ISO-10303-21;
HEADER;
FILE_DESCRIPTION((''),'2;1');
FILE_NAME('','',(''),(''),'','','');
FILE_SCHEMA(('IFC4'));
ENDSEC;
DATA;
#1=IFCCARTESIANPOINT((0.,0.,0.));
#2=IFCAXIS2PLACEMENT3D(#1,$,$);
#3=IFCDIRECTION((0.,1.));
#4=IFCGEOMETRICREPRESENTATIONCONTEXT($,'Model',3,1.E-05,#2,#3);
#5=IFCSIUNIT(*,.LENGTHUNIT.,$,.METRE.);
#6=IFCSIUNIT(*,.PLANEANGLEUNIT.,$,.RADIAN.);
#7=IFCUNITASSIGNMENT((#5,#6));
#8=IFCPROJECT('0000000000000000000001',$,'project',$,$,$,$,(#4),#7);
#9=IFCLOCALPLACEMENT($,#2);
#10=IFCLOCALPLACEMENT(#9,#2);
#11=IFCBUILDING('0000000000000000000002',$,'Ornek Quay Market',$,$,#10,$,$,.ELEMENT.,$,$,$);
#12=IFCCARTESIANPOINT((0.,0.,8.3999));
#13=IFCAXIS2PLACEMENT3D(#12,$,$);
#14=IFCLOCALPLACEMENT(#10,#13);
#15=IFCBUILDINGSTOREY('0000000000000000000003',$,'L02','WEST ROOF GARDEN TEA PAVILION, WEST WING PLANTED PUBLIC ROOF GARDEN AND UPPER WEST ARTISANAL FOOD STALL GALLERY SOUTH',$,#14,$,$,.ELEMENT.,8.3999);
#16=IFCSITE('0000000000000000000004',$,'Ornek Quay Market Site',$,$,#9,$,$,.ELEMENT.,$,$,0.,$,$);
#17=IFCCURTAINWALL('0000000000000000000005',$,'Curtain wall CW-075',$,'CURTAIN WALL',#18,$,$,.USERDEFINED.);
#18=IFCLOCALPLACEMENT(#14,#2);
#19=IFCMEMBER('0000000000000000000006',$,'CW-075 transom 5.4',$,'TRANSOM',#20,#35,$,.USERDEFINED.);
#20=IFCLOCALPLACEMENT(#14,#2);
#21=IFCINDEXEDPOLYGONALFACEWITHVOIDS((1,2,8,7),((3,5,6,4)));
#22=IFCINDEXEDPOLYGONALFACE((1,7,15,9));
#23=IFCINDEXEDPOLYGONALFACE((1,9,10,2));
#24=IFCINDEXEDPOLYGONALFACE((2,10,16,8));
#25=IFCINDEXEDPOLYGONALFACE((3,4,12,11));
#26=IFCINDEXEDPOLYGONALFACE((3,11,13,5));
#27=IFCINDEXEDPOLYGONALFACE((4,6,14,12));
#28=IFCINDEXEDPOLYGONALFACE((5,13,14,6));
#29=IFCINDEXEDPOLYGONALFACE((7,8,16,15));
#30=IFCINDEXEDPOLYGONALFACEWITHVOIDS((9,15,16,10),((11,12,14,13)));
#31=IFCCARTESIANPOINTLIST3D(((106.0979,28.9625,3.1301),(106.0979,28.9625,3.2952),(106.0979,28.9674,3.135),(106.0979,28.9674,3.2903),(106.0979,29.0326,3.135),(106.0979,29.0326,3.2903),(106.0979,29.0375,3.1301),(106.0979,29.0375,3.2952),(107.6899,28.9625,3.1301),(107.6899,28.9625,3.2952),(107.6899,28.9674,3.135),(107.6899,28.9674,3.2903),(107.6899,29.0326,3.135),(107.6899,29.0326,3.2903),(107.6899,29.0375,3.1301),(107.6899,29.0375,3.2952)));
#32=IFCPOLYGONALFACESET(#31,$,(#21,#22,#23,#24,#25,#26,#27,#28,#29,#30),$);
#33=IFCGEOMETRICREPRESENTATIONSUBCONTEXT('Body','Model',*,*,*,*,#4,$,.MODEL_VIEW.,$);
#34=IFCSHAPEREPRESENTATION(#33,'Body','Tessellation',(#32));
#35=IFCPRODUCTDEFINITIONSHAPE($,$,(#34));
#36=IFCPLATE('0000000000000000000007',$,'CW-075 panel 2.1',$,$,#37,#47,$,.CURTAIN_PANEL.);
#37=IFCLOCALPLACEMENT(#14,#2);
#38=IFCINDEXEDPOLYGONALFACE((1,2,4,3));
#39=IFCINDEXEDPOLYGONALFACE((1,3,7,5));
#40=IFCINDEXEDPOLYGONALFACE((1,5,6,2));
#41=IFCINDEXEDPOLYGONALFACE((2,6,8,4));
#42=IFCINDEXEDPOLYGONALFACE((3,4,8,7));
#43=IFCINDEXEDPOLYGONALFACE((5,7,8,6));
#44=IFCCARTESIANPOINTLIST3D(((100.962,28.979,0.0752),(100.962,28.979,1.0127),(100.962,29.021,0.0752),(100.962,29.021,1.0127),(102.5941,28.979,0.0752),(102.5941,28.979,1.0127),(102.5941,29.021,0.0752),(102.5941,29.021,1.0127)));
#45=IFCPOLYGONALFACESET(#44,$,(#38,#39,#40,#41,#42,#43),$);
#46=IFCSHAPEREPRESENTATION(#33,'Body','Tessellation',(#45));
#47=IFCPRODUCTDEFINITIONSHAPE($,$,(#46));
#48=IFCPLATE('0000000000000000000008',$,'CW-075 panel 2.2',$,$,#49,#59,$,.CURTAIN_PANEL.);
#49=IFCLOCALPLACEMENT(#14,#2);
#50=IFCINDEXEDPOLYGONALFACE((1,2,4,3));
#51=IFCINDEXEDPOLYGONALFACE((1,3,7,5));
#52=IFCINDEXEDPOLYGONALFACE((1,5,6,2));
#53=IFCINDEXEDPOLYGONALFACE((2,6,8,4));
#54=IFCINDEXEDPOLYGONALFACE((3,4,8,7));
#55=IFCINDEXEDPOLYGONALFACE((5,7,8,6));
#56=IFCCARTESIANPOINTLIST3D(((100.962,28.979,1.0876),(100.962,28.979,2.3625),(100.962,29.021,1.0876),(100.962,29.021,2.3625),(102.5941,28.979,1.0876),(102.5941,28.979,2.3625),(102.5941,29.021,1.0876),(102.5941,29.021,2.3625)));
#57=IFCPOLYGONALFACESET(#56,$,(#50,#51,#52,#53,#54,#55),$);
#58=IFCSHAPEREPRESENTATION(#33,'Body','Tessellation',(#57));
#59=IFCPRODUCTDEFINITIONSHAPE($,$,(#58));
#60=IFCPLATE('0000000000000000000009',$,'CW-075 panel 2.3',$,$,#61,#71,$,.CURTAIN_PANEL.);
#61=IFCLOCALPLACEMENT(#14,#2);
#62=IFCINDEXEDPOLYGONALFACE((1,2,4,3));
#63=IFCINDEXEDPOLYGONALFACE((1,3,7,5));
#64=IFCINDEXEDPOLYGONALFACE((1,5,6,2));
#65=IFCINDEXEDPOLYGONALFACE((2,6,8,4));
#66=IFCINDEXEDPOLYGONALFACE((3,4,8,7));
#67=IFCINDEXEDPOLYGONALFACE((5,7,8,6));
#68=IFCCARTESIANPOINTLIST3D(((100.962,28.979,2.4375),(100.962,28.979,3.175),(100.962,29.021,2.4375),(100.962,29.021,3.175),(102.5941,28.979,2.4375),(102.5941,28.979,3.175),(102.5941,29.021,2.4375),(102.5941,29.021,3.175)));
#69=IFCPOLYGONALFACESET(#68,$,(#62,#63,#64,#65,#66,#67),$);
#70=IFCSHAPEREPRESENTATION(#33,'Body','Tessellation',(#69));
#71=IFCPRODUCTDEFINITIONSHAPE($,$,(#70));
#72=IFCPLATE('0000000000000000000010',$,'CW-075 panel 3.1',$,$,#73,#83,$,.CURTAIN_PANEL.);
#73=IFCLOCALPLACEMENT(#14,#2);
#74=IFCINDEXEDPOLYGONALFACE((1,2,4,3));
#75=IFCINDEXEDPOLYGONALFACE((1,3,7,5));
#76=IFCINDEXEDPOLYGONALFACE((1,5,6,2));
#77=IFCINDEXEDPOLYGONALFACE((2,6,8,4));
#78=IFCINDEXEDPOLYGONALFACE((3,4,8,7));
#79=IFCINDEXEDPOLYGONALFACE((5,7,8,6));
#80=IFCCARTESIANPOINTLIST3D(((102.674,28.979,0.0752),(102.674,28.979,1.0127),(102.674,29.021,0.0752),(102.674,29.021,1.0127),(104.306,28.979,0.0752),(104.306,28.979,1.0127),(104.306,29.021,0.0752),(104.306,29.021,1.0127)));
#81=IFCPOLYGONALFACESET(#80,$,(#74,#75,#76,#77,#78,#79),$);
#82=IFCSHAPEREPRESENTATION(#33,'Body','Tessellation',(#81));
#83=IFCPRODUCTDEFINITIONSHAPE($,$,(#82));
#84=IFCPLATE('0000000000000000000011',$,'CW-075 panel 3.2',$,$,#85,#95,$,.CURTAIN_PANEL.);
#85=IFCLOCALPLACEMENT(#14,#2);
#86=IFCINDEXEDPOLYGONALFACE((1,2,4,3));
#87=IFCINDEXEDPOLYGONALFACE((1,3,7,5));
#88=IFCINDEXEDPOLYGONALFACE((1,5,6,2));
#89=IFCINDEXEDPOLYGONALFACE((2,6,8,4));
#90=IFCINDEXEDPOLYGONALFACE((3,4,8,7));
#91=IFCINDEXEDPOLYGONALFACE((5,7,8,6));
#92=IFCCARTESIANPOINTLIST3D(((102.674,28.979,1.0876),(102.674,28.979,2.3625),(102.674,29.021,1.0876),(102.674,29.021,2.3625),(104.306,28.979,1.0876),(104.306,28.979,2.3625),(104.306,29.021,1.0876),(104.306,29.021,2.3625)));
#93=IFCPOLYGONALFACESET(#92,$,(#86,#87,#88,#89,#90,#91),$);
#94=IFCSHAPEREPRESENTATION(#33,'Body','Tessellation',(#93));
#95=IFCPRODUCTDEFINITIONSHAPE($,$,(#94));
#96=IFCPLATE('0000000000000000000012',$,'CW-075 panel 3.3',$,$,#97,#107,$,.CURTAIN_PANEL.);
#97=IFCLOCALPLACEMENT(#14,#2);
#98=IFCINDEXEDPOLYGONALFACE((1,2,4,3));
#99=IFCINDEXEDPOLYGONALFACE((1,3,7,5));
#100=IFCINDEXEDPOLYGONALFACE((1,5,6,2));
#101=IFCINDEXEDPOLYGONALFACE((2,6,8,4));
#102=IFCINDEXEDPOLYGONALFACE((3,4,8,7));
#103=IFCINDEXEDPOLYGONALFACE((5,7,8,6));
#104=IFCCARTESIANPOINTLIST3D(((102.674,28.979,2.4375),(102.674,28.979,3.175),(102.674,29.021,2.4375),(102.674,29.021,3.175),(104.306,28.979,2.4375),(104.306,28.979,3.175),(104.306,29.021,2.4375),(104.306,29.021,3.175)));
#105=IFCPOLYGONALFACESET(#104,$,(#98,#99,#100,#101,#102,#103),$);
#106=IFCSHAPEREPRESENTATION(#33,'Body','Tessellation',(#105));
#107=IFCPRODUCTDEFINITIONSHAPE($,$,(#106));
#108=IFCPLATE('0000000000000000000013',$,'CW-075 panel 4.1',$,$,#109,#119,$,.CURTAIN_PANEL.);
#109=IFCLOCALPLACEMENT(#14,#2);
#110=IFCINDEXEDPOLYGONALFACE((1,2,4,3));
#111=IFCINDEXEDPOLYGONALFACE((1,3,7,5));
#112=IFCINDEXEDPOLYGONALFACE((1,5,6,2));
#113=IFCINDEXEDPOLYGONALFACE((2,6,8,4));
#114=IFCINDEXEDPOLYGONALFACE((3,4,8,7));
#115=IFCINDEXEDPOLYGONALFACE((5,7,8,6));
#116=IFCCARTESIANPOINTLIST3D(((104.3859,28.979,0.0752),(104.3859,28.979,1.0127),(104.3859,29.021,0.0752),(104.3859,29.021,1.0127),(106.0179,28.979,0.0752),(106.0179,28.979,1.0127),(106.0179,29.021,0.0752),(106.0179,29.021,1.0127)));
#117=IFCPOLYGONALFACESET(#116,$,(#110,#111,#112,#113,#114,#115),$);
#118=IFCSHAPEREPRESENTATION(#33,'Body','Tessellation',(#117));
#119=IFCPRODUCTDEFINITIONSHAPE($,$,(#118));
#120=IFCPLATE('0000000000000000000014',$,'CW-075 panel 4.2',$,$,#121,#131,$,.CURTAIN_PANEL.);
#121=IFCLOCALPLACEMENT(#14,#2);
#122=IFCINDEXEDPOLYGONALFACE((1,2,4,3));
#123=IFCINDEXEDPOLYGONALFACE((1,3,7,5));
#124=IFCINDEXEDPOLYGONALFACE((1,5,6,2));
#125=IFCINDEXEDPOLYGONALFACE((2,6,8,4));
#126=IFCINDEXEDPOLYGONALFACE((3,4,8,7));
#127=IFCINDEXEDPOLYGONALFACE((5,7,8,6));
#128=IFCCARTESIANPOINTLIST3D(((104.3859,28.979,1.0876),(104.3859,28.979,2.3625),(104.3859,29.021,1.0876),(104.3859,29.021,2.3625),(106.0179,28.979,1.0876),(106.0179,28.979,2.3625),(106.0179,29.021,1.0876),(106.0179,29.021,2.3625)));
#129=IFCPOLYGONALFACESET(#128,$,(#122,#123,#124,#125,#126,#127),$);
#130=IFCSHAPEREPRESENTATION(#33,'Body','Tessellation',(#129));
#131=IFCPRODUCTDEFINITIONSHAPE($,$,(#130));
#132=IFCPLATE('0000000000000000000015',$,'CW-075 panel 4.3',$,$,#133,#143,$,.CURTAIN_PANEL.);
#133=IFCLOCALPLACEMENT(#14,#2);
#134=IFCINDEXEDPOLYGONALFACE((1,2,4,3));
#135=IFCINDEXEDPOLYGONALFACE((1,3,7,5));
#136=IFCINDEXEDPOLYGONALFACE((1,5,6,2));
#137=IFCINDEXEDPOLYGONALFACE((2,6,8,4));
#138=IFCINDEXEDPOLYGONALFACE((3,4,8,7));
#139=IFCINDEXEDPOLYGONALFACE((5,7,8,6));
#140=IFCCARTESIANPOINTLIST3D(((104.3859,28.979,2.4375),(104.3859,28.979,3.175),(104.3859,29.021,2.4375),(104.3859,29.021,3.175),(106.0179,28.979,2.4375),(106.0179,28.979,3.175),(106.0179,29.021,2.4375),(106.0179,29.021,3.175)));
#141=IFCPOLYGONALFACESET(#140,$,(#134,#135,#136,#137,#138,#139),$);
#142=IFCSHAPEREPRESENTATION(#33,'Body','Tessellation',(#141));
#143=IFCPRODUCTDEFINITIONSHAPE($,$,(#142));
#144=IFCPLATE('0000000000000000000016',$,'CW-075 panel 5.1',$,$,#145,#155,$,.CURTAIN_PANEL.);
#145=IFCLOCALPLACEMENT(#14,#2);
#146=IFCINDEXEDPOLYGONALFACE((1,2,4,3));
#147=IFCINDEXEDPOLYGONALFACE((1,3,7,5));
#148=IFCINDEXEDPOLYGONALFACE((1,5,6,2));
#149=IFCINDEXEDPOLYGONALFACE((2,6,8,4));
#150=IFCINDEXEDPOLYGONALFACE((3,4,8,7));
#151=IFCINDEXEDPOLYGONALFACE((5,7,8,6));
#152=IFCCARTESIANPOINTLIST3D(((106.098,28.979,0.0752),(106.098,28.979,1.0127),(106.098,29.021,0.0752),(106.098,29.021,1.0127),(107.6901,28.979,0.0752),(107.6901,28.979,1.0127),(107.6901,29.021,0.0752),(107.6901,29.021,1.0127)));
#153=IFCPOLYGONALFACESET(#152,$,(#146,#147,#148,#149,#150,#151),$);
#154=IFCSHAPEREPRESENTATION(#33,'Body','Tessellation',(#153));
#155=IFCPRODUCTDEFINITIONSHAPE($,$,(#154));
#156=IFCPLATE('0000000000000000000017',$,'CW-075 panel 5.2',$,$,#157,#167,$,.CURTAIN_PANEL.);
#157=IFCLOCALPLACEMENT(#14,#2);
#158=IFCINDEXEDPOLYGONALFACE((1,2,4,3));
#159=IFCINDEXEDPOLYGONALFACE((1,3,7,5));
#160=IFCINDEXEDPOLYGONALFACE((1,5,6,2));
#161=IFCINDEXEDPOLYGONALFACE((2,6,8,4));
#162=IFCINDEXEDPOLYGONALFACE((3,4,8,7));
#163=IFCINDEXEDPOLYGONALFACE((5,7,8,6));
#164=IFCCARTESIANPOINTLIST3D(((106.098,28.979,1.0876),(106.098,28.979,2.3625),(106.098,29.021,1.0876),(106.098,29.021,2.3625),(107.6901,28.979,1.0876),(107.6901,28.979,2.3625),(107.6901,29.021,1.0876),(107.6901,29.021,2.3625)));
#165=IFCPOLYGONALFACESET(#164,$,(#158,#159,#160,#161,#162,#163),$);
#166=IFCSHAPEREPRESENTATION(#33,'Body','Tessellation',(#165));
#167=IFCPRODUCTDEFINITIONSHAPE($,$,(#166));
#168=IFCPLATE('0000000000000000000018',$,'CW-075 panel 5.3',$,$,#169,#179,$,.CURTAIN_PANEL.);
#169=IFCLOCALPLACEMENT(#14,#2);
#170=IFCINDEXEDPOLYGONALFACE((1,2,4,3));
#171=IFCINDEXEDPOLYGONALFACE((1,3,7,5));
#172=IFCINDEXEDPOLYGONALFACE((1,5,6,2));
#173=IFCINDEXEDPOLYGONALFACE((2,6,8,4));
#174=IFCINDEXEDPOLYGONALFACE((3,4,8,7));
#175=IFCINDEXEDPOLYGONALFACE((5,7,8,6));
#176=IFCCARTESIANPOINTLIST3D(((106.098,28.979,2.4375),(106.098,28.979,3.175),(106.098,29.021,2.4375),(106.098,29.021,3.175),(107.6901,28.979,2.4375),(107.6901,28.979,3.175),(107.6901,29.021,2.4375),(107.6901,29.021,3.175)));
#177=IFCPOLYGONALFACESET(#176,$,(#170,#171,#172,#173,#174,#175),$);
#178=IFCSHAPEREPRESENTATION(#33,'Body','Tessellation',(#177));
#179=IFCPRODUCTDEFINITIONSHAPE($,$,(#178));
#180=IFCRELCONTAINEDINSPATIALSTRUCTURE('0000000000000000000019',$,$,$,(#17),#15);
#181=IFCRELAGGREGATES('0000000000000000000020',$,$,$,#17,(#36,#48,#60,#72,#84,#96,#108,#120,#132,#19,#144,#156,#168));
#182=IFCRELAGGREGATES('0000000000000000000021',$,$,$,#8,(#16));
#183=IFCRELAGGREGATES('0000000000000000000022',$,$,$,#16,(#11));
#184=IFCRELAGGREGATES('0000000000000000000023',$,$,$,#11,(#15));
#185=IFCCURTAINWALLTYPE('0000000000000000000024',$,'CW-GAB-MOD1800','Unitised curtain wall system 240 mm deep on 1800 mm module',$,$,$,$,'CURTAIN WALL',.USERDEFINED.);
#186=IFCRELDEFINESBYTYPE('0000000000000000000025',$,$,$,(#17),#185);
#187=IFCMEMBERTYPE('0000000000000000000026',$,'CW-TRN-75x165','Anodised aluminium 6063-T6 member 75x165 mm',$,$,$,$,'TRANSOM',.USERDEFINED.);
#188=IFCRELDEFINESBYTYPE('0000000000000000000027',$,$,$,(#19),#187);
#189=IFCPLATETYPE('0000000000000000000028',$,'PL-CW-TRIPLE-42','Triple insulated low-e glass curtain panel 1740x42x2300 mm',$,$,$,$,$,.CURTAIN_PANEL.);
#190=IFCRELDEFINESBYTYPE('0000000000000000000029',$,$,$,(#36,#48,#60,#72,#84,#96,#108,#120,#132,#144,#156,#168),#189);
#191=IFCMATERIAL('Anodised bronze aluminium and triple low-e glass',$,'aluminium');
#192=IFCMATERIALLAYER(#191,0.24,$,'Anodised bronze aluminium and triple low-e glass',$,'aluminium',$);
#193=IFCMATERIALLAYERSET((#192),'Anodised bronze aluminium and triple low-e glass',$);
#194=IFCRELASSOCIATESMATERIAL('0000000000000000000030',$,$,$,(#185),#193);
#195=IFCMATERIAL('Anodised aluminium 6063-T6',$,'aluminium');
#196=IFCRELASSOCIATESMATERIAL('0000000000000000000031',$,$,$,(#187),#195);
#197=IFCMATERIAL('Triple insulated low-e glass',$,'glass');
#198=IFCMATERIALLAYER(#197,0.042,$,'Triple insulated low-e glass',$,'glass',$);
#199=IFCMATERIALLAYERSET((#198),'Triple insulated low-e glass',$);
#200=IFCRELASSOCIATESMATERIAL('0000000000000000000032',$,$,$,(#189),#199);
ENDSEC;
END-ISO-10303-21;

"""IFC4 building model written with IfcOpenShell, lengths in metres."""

from ifc_helpers import new_model, si_unit, direction, frame, origin, origin_2d, place, context, subcontext, project, spatial, rectangle, hollow_rectangle, extrude, material, layer, layer_set, material_profile, profile_set, type_object, element, aggregate, save


model = new_model("IFC4")

# Units and contexts
model_context = context("Model", 3, precision=1e-05, world=origin(), true_north=direction((0.0, 1.0)))
body_context = subcontext(model_context, "Body", "Model", "MODEL_VIEW")
ifc_project = project(units=[si_unit("LENGTHUNIT", "METRE"), si_unit("PLANEANGLEUNIT", "RADIAN")], contexts=[model_context])

# Site, building, storey
site_placement = place(None, origin())
site = spatial("IfcSite", under=ifc_project, at=site_placement, Name="Ornek Quay Market Site", CompositionType="ELEMENT", RefElevation=0.0)
building_placement = place(site_placement, origin())
building = spatial("IfcBuilding", under=site, at=building_placement, Name="Ornek Quay Market", CompositionType="ELEMENT")
storey_placement = place(building_placement, frame((0.0, 0.0, 8.3999)))
storey = spatial("IfcBuildingStorey", under=building, at=storey_placement, Name="L02", Description="WEST ROOF GARDEN TEA PAVILION, WEST WING PLANTED PUBLIC ROOF GARDEN AND UPPER WEST ARTISANAL FOOD STALL GALLERY SOUTH", CompositionType="ELEMENT", Elevation=8.3999)

# Shared definitions
ifc_material_1 = material(Name="Anodised bronze aluminium and triple low-e glass", Category="aluminium")
ifc_material_2 = material(Name="Anodised aluminium 6063-T6", Category="aluminium")

# Curtain wall
ifc_layer_1 = layer(ifc_material_1, 0.24, Name="Anodised bronze aluminium and triple low-e glass", Category="aluminium")
ifc_layer_set_1 = layer_set([ifc_layer_1], Name="Anodised bronze aluminium and triple low-e glass")
curtain_wall_type_1 = type_object("IfcCurtainWallType", Name="CW-GAB-MOD1800", Description="Unitised curtain wall system 240 mm deep on 1800 mm module", ElementType="CURTAIN WALL", PredefinedType="USERDEFINED", material=ifc_layer_set_1)
curtain_wall_1_placement = place(storey_placement, origin())
curtain_wall_1 = element("IfcCurtainWall", 1, at=curtain_wall_1_placement, inside=storey, type_object=curtain_wall_type_1, Name="Curtain wall CW-075", ObjectType="CURTAIN WALL", PredefinedType="USERDEFINED")

# Member
ifc_material_profile_1 = material_profile(ifc_material_2, hollow_rectangle(XDim=0.075, YDim=0.165, WallThickness=0.0049, at=origin_2d()), Name="CW-TRN-75x165", Category="aluminium")
ifc_profile_set_1 = profile_set([ifc_material_profile_1], Name="Anodised aluminium 6063-T6")
member_type_1 = type_object("IfcMemberType", Name="CW-TRN-75x165", Description="Anodised aluminium 6063-T6 member 75x165 mm", ElementType="TRANSOM", PredefinedType="USERDEFINED", material=ifc_profile_set_1)
member_1_placement = place(storey_placement, frame((106.0979, 29.0, 3.2126), z_axis=(1.0, 0.0, 0.0), x_axis=(0.0, 1.0, 0.0)))
member_1 = element("IfcMember", 2, at=member_1_placement, type_object=member_type_1, Name="CW-075 transom 5.4", ObjectType="TRANSOM", PredefinedType="USERDEFINED", context=body_context, shape_type="SweptSolid", body=[
    extrude(hollow_rectangle(XDim=0.075, YDim=0.165, WallThickness=0.0049, at=origin_2d()), origin(), (0.0, 0.0, 1.0), 1.592),
])

# Plates
ifc_material_3 = material(Name="Triple insulated low-e glass", Category="glass")
ifc_layer_2 = layer(ifc_material_3, 0.042, Name="Triple insulated low-e glass", Category="glass")
ifc_layer_set_2 = layer_set([ifc_layer_2], Name="Triple insulated low-e glass")
plate_type = type_object("IfcPlateType", Name="PL-CW-TRIPLE-42", Description="Triple insulated low-e glass curtain panel 1740x42x2300 mm", PredefinedType="CURTAIN_PANEL", material=ifc_layer_set_2)
plate_1_placement = place(storey_placement, frame((101.7781, 29.0, 0.0752), z_axis=(0.0, 0.0, 1.0), x_axis=(1.0, 0.0, 0.0)))
plate_1 = element("IfcPlate", 3, at=plate_1_placement, type_object=plate_type, Name="CW-075 panel 2.1", PredefinedType="CURTAIN_PANEL", context=body_context, shape_type="SweptSolid", body=[
    extrude(rectangle(XDim=1.6321, YDim=0.042, at=origin_2d()), origin(), (0.0, 0.0, 1.0), 0.9375),
])
plate_2_placement = place(storey_placement, frame((101.7781, 29.0, 1.0876), z_axis=(0.0, 0.0, 1.0), x_axis=(1.0, 0.0, 0.0)))
plate_2 = element("IfcPlate", 4, at=plate_2_placement, type_object=plate_type, Name="CW-075 panel 2.2", PredefinedType="CURTAIN_PANEL", context=body_context, shape_type="SweptSolid", body=[
    extrude(rectangle(XDim=1.6321, YDim=0.042, at=origin_2d()), origin(), (0.0, 0.0, 1.0), 1.2749),
])
plate_3_placement = place(storey_placement, frame((101.7781, 29.0, 2.4375), z_axis=(0.0, 0.0, 1.0), x_axis=(1.0, 0.0, 0.0)))
plate_3 = element("IfcPlate", 5, at=plate_3_placement, type_object=plate_type, Name="CW-075 panel 2.3", PredefinedType="CURTAIN_PANEL", context=body_context, shape_type="SweptSolid", body=[
    extrude(rectangle(XDim=1.6321, YDim=0.042, at=origin_2d()), origin(), (0.0, 0.0, 1.0), 0.7375),
])
plate_4_placement = place(storey_placement, frame((103.49, 29.0, 0.0752), z_axis=(0.0, 0.0, 1.0), x_axis=(1.0, 0.0, 0.0)))
plate_4 = element("IfcPlate", 6, at=plate_4_placement, type_object=plate_type, Name="CW-075 panel 3.1", PredefinedType="CURTAIN_PANEL", context=body_context, shape_type="SweptSolid", body=[
    extrude(rectangle(XDim=1.6321, YDim=0.042, at=origin_2d()), origin(), (0.0, 0.0, 1.0), 0.9375),
])
plate_5_placement = place(storey_placement, frame((103.49, 29.0, 1.0876), z_axis=(0.0, 0.0, 1.0), x_axis=(1.0, 0.0, 0.0)))
plate_5 = element("IfcPlate", 7, at=plate_5_placement, type_object=plate_type, Name="CW-075 panel 3.2", PredefinedType="CURTAIN_PANEL", context=body_context, shape_type="SweptSolid", body=[
    extrude(rectangle(XDim=1.6321, YDim=0.042, at=origin_2d()), origin(), (0.0, 0.0, 1.0), 1.2749),
])
plate_6_placement = place(storey_placement, frame((103.49, 29.0, 2.4375), z_axis=(0.0, 0.0, 1.0), x_axis=(1.0, 0.0, 0.0)))
plate_6 = element("IfcPlate", 8, at=plate_6_placement, type_object=plate_type, Name="CW-075 panel 3.3", PredefinedType="CURTAIN_PANEL", context=body_context, shape_type="SweptSolid", body=[
    extrude(rectangle(XDim=1.6321, YDim=0.042, at=origin_2d()), origin(), (0.0, 0.0, 1.0), 0.7375),
])
plate_7_placement = place(storey_placement, frame((105.2019, 29.0, 0.0752), z_axis=(0.0, 0.0, 1.0), x_axis=(1.0, 0.0, 0.0)))
plate_7 = element("IfcPlate", 9, at=plate_7_placement, type_object=plate_type, Name="CW-075 panel 4.1", PredefinedType="CURTAIN_PANEL", context=body_context, shape_type="SweptSolid", body=[
    extrude(rectangle(XDim=1.6321, YDim=0.042, at=origin_2d()), origin(), (0.0, 0.0, 1.0), 0.9375),
])
plate_8_placement = place(storey_placement, frame((105.2019, 29.0, 1.0876), z_axis=(0.0, 0.0, 1.0), x_axis=(1.0, 0.0, 0.0)))
plate_8 = element("IfcPlate", 10, at=plate_8_placement, type_object=plate_type, Name="CW-075 panel 4.2", PredefinedType="CURTAIN_PANEL", context=body_context, shape_type="SweptSolid", body=[
    extrude(rectangle(XDim=1.6321, YDim=0.042, at=origin_2d()), origin(), (0.0, 0.0, 1.0), 1.2749),
])
plate_9_placement = place(storey_placement, frame((105.2019, 29.0, 2.4375), z_axis=(0.0, 0.0, 1.0), x_axis=(1.0, 0.0, 0.0)))
plate_9 = element("IfcPlate", 11, at=plate_9_placement, type_object=plate_type, Name="CW-075 panel 4.3", PredefinedType="CURTAIN_PANEL", context=body_context, shape_type="SweptSolid", body=[
    extrude(rectangle(XDim=1.6321, YDim=0.042, at=origin_2d()), origin(), (0.0, 0.0, 1.0), 0.7375),
])
plate_10_placement = place(storey_placement, frame((106.894, 29.0, 0.0752), z_axis=(0.0, 0.0, 1.0), x_axis=(1.0, 0.0, 0.0)))
plate_10 = element("IfcPlate", 12, at=plate_10_placement, type_object=plate_type, Name="CW-075 panel 5.1", PredefinedType="CURTAIN_PANEL", context=body_context, shape_type="SweptSolid", body=[
    extrude(rectangle(XDim=1.592, YDim=0.042, at=origin_2d()), origin(), (0.0, 0.0, 1.0), 0.9375),
])
plate_11_placement = place(storey_placement, frame((106.894, 29.0, 1.0876), z_axis=(0.0, 0.0, 1.0), x_axis=(1.0, 0.0, 0.0)))
plate_11 = element("IfcPlate", 13, at=plate_11_placement, type_object=plate_type, Name="CW-075 panel 5.2", PredefinedType="CURTAIN_PANEL", context=body_context, shape_type="SweptSolid", body=[
    extrude(rectangle(XDim=1.592, YDim=0.042, at=origin_2d()), origin(), (0.0, 0.0, 1.0), 1.2749),
])
plate_12_placement = place(storey_placement, frame((106.894, 29.0, 2.4375), z_axis=(0.0, 0.0, 1.0), x_axis=(1.0, 0.0, 0.0)))
plate_12 = element("IfcPlate", 14, at=plate_12_placement, type_object=plate_type, Name="CW-075 panel 5.3", PredefinedType="CURTAIN_PANEL", context=body_context, shape_type="SweptSolid", body=[
    extrude(rectangle(XDim=1.592, YDim=0.042, at=origin_2d()), origin(), (0.0, 0.0, 1.0), 0.7375),
])
aggregate(curtain_wall_1, [plate_1, plate_2, plate_3, plate_4, plate_5, plate_6, plate_7, plate_8, plate_9, member_1, plate_10, plate_11, plate_12])

save(model, "model.ifc")
